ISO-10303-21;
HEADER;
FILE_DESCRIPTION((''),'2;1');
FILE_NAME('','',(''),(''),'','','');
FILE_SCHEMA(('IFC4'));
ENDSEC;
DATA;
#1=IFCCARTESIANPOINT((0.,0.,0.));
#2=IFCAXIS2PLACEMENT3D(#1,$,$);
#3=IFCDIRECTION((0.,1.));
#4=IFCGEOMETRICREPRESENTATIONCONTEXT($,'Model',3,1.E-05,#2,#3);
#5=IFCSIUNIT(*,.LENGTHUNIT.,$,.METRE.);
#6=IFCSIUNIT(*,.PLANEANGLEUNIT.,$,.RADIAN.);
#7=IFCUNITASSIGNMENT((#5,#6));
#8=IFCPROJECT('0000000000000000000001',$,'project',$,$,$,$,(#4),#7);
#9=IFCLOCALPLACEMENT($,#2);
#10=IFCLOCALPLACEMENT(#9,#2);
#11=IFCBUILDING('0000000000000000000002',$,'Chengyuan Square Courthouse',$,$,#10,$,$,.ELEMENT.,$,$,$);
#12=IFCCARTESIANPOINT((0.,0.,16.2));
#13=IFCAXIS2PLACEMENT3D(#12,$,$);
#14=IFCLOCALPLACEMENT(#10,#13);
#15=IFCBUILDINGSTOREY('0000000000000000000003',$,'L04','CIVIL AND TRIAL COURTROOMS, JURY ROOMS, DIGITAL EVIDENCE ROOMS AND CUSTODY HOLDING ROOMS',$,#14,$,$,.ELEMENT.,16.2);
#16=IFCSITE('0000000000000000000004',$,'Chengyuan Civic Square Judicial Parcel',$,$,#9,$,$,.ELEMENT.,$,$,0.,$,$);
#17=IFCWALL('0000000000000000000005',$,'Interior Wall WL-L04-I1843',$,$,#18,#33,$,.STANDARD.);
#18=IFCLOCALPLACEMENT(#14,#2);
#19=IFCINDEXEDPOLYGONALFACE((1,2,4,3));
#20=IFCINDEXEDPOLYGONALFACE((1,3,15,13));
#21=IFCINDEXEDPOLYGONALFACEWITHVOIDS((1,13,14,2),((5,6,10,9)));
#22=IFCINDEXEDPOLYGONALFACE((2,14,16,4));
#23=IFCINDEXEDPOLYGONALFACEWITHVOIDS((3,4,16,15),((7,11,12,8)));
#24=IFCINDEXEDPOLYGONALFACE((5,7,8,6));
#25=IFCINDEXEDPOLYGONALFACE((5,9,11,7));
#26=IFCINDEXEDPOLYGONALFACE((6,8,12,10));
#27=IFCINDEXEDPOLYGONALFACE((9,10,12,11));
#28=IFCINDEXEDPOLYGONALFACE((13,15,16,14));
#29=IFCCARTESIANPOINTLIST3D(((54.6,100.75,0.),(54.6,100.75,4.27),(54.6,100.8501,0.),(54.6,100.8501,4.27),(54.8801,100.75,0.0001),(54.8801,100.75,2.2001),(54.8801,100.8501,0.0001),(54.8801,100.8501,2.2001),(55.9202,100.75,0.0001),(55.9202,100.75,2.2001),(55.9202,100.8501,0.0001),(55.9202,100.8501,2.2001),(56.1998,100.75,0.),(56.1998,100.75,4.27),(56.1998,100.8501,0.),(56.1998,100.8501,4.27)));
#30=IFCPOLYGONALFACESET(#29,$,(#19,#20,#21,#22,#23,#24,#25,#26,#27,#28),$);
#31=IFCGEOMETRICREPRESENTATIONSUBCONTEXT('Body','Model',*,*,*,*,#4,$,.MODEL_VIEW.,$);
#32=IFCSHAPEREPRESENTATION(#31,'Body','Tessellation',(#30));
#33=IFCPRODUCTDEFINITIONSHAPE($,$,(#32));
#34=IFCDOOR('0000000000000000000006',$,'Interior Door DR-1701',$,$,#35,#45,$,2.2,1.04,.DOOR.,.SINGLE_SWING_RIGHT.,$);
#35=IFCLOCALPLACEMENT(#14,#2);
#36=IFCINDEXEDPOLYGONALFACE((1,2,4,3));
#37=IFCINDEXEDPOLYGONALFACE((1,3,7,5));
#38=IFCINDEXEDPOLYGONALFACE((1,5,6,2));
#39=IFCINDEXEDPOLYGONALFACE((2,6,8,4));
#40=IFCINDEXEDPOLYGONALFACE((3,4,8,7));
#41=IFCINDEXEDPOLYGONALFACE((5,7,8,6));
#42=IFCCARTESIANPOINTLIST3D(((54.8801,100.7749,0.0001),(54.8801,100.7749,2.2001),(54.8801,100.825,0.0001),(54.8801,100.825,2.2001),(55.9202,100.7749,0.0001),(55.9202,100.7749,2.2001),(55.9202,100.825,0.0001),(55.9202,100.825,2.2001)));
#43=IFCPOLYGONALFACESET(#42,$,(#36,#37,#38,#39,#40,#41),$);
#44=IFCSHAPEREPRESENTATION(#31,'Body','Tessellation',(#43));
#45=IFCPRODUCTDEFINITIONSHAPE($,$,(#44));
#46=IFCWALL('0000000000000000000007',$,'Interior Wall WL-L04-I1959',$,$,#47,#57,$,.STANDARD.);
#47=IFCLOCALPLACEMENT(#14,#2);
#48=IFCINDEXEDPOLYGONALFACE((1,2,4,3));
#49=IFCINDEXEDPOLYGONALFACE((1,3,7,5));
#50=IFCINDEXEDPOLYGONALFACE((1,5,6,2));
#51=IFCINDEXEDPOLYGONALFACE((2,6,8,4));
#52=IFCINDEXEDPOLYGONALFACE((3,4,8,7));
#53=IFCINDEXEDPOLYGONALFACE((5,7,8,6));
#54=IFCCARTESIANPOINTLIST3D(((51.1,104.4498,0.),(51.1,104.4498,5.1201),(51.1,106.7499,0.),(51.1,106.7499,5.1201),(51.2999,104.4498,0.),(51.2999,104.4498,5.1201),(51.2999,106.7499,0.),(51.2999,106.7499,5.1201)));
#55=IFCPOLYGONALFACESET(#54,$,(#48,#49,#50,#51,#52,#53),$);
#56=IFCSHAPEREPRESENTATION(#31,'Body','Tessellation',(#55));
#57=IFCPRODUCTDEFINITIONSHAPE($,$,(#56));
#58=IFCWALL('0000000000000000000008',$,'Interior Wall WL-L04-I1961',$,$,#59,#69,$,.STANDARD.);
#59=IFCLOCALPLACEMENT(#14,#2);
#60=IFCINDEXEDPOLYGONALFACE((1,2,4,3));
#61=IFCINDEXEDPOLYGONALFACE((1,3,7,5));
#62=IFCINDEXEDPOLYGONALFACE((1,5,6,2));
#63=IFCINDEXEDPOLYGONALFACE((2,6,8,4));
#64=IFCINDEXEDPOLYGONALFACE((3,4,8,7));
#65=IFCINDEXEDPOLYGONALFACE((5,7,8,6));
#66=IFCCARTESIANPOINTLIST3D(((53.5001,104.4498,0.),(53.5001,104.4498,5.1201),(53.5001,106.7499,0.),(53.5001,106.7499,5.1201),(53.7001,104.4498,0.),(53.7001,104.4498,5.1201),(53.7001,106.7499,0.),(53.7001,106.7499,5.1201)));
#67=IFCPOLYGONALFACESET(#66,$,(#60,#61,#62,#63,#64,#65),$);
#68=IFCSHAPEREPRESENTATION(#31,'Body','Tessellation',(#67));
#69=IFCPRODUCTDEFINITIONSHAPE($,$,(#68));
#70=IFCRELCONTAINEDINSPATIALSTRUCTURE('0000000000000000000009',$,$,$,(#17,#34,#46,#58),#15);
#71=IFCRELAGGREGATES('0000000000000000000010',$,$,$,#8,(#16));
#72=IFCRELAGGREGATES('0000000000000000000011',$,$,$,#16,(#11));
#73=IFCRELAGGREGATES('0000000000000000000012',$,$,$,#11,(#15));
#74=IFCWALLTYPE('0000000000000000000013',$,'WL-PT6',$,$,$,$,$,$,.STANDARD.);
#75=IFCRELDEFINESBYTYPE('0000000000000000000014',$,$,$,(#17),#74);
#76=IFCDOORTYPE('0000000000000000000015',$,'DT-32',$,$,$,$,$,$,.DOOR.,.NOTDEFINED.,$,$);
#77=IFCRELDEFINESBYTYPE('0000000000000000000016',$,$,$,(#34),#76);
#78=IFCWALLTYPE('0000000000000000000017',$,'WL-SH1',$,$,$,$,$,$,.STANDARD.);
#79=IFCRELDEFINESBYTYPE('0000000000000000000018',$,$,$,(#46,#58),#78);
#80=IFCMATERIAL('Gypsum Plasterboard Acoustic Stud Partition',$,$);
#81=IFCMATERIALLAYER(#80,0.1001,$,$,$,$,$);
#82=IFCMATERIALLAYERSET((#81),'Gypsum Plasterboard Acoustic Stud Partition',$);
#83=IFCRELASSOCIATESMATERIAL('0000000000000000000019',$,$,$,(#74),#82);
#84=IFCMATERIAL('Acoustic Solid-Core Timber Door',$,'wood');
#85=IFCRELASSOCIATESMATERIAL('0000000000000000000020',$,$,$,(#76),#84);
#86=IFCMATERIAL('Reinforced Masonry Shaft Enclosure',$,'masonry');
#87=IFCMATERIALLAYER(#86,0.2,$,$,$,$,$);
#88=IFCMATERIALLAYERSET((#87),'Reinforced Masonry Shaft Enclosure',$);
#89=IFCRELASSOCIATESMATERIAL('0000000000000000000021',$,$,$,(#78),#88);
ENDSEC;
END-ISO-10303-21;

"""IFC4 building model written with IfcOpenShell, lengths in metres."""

from ifc_helpers import new_model, si_unit, direction, frame, frame_2d, origin, place, context, subcontext, project, spatial, rectangle, extrude, material, layer, layer_set, type_object, element, fill, save


model = new_model("IFC4")

# Units and contexts
model_context = context("Model", 3, precision=1e-05, world=origin(), true_north=direction((0.0, 1.0)))
body_context = subcontext(model_context, "Body", "Model", "MODEL_VIEW")
ifc_project = project(units=[si_unit("LENGTHUNIT", "METRE"), si_unit("PLANEANGLEUNIT", "RADIAN")], contexts=[model_context])

# Site, building, storey
site_placement = place(None, origin())
site = spatial("IfcSite", under=ifc_project, at=site_placement, Name="Chengyuan Civic Square Judicial Parcel", CompositionType="ELEMENT", RefElevation=0.0)
building_placement = place(site_placement, origin())
building = spatial("IfcBuilding", under=site, at=building_placement, Name="Chengyuan Square Courthouse", CompositionType="ELEMENT")
storey_placement = place(building_placement, frame((0.0, 0.0, 16.2)))
storey = spatial("IfcBuildingStorey", under=building, at=storey_placement, Name="L04", Description="CIVIL AND TRIAL COURTROOMS, JURY ROOMS, DIGITAL EVIDENCE ROOMS AND CUSTODY HOLDING ROOMS", CompositionType="ELEMENT", Elevation=16.2)

# Shared definitions
ifc_material_1 = material(Name="Acoustic Solid-Core Timber Door", Category="wood")

# Wall, opening, door
ifc_material_2 = material(Name="Gypsum Plasterboard Acoustic Stud Partition")
ifc_layer_1 = layer(ifc_material_2, 0.1001)
ifc_layer_set_1 = layer_set([ifc_layer_1], Name="Gypsum Plasterboard Acoustic Stud Partition")
wall_type_1 = type_object("IfcWallType", Name="WL-PT6", PredefinedType="STANDARD", material=ifc_layer_set_1)
wall_1_placement = place(storey_placement, frame((54.6001, 100.8, 0.0), z_axis=(0.0, 0.0, 1.0), x_axis=(1.0, 0.0, 0.0)))
wall_1 = element("IfcWall", 1, at=wall_1_placement, inside=storey, type_object=wall_type_1, Name="Interior Wall WL-L04-I1843", PredefinedType="STANDARD", context=body_context, shape_type="SweptSolid", body=[
    extrude(rectangle(XDim=1.5999, YDim=0.1001, at=frame_2d((0.7998, 0.0))), origin(), (0.0, 0.0, 1.0), 4.27),
])
opening_1_placement = place(wall_1_placement, frame((0.28, 0.0, 0.0)))
opening_1 = element("IfcOpeningElement", 2, at=opening_1_placement, cuts=wall_1, PredefinedType="OPENING", context=body_context, shape_type="SweptSolid", body=[
    extrude(rectangle(XDim=1.04, YDim=2.2, at=frame_2d((0.52, 1.1001))), frame((0.0, 0.062, 0.0), z_axis=(0.0, -1.0, 0.0), x_axis=(1.0, 0.0, 0.0)), (0.0, 0.0, 1.0), 0.124),
])
door_type_1 = type_object("IfcDoorType", Name="DT-32", OperationType="NOTDEFINED", PredefinedType="DOOR", material=ifc_material_1)
door_1_placement = place(opening_1_placement, origin())
door_1 = element("IfcDoor", 3, at=door_1_placement, inside=storey, type_object=door_type_1, Name="Interior Door DR-1701", OperationType="SINGLE_SWING_RIGHT", OverallHeight=2.2, OverallWidth=1.04, PredefinedType="DOOR", context=body_context, shape_type="SweptSolid", body=[
    extrude(rectangle(XDim=1.04, YDim=2.2, at=frame_2d((0.52, 1.1001))), frame((0.0, 0.0249, 0.0), z_axis=(0.0, -1.0, 0.0), x_axis=(1.0, 0.0, 0.0)), (0.0, 0.0, 1.0), 0.05),
])
fill(opening_1, door_1)
ifc_material_3 = material(Name="Reinforced Masonry Shaft Enclosure", Category="masonry")
ifc_layer_2 = layer(ifc_material_3, 0.2)
ifc_layer_set_2 = layer_set([ifc_layer_2], Name="Reinforced Masonry Shaft Enclosure")
wall_type_2 = type_object("IfcWallType", Name="WL-SH1", PredefinedType="STANDARD", material=ifc_layer_set_2)

# Walls
for number, where, z_axis, x_axis, name in (
    (4, (51.2, 104.45, 0.0), (0.0, 0.0, 1.0), (0.0, 1.0, 0.0), "Interior Wall WL-L04-I1959"),
    (5, (53.6001, 104.45, 0.0), (0.0, 0.0, 1.0), (0.0, 1.0, 0.0), "Interior Wall WL-L04-I1961"),
):
    element("IfcWall", number, at=place(storey_placement, frame(where, z_axis=z_axis, x_axis=x_axis)), inside=storey, type_object=wall_type_2, Name=name, PredefinedType="STANDARD", context=body_context, shape_type="SweptSolid", body=[
        extrude(rectangle(XDim=2.3, YDim=0.2, at=frame_2d((1.1499, 0.0))), origin(), (0.0, 0.0, 1.0), 5.1201),
    ])

save(model, "model.ifc")
